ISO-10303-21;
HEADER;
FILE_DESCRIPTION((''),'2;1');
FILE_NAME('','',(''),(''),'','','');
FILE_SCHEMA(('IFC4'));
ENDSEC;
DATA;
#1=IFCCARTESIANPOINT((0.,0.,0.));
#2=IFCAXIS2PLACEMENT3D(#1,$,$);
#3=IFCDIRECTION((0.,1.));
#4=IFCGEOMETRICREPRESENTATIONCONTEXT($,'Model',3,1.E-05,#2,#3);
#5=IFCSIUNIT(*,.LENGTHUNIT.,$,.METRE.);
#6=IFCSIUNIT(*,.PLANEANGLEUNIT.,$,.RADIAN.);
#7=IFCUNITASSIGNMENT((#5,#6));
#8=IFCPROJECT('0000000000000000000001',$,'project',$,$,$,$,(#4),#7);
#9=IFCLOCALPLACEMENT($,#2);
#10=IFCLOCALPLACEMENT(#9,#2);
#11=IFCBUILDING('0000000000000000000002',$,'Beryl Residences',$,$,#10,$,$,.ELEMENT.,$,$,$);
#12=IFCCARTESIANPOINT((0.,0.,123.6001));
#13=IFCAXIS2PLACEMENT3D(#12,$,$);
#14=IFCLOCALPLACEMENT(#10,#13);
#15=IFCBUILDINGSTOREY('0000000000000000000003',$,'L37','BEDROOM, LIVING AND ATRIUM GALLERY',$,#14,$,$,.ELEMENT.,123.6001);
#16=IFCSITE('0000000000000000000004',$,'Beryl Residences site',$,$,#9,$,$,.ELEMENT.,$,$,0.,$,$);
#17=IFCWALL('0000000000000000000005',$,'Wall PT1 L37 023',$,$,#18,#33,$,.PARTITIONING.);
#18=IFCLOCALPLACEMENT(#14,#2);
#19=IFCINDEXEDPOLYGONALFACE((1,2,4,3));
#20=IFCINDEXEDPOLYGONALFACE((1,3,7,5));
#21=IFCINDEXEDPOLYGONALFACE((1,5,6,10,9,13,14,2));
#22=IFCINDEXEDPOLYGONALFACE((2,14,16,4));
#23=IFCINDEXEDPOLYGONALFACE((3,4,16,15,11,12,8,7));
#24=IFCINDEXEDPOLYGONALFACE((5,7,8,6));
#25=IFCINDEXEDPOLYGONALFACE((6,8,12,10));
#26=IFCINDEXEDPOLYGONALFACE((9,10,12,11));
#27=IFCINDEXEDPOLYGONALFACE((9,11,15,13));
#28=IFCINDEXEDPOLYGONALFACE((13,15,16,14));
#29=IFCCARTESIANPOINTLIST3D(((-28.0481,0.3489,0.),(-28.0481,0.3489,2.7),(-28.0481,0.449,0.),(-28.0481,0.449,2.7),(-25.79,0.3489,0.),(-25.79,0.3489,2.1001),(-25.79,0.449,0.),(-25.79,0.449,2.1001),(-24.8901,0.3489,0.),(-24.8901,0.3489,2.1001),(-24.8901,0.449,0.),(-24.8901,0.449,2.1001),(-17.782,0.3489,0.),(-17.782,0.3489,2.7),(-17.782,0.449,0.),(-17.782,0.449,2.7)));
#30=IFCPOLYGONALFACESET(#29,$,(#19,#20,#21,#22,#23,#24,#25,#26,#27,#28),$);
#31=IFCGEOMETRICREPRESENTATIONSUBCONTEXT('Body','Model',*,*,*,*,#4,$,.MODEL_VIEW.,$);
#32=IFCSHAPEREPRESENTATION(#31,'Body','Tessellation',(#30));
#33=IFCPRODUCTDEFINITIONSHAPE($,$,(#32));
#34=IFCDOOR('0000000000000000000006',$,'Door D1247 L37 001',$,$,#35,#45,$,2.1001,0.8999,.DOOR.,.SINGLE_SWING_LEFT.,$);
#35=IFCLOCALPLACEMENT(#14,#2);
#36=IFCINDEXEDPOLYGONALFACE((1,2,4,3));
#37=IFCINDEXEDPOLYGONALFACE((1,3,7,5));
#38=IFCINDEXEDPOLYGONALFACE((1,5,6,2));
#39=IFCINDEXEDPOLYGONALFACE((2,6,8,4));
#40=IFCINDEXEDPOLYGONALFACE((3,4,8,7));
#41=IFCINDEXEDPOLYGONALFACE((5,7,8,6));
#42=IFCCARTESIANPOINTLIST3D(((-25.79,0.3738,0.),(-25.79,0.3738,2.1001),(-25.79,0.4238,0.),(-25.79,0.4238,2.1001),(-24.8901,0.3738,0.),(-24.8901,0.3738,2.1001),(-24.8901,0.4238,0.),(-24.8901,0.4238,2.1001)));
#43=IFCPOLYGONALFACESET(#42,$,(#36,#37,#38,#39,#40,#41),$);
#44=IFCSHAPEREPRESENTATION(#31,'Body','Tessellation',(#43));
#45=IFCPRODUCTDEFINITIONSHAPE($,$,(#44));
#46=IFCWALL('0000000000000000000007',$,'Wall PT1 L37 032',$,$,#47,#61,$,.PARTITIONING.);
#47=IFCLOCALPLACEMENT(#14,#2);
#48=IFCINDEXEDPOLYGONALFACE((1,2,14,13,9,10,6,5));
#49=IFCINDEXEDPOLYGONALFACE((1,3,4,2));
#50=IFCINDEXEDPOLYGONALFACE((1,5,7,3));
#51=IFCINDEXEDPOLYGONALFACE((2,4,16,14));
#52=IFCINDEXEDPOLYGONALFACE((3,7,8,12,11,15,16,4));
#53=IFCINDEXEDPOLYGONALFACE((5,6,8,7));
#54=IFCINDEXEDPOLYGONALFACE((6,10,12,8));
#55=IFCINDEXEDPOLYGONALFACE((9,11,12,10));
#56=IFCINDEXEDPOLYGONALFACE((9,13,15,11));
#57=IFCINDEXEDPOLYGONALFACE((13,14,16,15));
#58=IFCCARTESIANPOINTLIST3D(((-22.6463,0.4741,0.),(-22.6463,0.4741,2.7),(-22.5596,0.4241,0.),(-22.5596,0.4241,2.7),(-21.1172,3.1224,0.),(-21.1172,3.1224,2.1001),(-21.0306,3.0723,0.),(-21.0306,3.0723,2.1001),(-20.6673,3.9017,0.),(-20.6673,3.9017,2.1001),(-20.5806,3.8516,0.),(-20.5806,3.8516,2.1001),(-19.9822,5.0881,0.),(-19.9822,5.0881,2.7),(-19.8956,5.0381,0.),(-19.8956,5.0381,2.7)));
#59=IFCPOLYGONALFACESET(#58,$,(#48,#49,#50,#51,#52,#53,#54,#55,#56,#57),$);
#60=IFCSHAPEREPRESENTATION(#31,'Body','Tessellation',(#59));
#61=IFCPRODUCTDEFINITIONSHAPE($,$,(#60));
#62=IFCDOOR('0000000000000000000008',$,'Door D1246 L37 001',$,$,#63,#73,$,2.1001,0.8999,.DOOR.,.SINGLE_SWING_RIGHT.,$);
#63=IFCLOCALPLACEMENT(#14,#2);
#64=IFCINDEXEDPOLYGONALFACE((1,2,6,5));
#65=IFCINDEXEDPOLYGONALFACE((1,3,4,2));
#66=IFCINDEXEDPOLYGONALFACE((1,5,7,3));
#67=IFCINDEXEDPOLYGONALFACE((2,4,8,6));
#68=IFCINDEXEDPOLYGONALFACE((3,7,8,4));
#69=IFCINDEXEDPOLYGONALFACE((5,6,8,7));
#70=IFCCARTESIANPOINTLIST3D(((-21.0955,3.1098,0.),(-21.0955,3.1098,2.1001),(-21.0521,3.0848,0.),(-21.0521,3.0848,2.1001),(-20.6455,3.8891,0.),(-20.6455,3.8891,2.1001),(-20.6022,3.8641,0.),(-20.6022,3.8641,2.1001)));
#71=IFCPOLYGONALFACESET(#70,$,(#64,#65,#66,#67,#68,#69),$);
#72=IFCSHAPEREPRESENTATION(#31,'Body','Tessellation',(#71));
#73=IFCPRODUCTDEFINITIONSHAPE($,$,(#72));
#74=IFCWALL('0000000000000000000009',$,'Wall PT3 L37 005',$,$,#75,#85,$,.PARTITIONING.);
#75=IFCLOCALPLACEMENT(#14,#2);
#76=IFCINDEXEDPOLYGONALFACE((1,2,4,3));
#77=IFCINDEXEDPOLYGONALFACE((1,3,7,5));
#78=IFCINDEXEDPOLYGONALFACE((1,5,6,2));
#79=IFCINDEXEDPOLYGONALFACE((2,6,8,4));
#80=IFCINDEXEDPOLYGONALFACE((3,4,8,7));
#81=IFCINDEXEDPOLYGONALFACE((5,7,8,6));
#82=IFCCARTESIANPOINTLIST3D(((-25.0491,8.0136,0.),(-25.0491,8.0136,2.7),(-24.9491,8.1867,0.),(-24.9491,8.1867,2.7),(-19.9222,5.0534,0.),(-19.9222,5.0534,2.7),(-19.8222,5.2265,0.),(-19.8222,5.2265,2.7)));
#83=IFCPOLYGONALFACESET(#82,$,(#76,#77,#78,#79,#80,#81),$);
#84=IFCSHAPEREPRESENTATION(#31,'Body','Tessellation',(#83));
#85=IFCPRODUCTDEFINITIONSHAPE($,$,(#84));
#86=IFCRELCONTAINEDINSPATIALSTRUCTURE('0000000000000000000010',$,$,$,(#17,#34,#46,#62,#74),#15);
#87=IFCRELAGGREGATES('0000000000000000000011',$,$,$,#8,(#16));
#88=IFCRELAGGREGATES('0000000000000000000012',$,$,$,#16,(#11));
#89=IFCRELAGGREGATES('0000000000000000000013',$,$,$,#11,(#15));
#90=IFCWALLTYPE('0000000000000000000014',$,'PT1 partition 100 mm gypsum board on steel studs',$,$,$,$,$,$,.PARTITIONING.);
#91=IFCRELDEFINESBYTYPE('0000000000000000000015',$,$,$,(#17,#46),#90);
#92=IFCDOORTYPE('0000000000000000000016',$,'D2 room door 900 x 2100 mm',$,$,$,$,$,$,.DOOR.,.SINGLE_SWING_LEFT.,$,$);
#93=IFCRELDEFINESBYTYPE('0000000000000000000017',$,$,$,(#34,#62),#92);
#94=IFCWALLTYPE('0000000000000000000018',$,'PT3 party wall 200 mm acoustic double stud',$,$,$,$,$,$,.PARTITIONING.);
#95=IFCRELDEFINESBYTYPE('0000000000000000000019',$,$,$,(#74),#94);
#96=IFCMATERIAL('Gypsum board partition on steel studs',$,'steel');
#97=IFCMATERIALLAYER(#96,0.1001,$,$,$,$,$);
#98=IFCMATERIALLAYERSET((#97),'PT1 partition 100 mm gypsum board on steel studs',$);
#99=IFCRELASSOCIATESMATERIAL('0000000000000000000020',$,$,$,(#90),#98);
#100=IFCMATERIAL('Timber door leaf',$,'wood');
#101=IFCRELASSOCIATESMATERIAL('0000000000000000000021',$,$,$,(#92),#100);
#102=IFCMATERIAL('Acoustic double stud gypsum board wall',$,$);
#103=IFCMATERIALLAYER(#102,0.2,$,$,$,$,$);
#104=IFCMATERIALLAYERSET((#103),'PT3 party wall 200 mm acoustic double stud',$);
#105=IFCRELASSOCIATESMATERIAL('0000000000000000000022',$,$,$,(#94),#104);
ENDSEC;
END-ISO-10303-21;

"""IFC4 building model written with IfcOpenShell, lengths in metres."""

from ifc_helpers import new_model, si_unit, direction, frame, frame_2d, origin, place, context, subcontext, project, spatial, rectangle, extrude, material, layer, layer_set, type_object, element, fill, save


model = new_model("IFC4")

# Units and contexts
model_context = context("Model", 3, precision=1e-05, world=origin(), true_north=direction((0.0, 1.0)))
body_context = subcontext(model_context, "Body", "Model", "MODEL_VIEW")
ifc_project = project(units=[si_unit("LENGTHUNIT", "METRE"), si_unit("PLANEANGLEUNIT", "RADIAN")], contexts=[model_context])

# Site, building, storey
site_placement = place(None, origin())
site = spatial("IfcSite", under=ifc_project, at=site_placement, Name="Beryl Residences site", CompositionType="ELEMENT", RefElevation=0.0)
building_placement = place(site_placement, origin())
building = spatial("IfcBuilding", under=site, at=building_placement, Name="Beryl Residences", CompositionType="ELEMENT")
storey_placement = place(building_placement, frame((0.0, 0.0, 123.6001)))
storey = spatial("IfcBuildingStorey", under=building, at=storey_placement, Name="L37", Description="BEDROOM, LIVING AND ATRIUM GALLERY", CompositionType="ELEMENT", Elevation=123.6001)

# Shared definitions
ifc_material_1 = material(Name="Gypsum board partition on steel studs", Category="steel")
ifc_layer_1 = layer(ifc_material_1, 0.1001)
ifc_layer_set_1 = layer_set([ifc_layer_1], Name="PT1 partition 100 mm gypsum board on steel studs")
wall_type_1 = type_object("IfcWallType", Name="PT1 partition 100 mm gypsum board on steel studs", PredefinedType="PARTITIONING", material=ifc_layer_set_1)

# Walls, openings, doors
wall_1_placement = place(storey_placement, frame((-28.0481, 0.3989, 0.0), z_axis=(0.0, 0.0, 1.0), x_axis=(1.0, 0.0, 0.0)))
wall_1 = element("IfcWall", 1, at=wall_1_placement, inside=storey, type_object=wall_type_1, Name="Wall PT1 L37 023", PredefinedType="PARTITIONING", context=body_context, shape_type="SweptSolid", body=[
    extrude(rectangle(XDim=10.2661, YDim=0.1001, at=frame_2d((5.1331, 0.0))), origin(), (0.0, 0.0, 1.0), 2.7),
])
opening_1_placement = place(wall_1_placement, frame((2.2581, 0.0, 0.0)))
opening_1 = element("IfcOpeningElement", 2, at=opening_1_placement, cuts=wall_1, PredefinedType="OPENING", context=body_context, shape_type="SweptSolid", body=[
    extrude(rectangle(XDim=0.8999, YDim=2.1001, at=frame_2d((0.45, 1.05))), frame((0.0, 0.0601, 0.0), z_axis=(0.0, -1.0, 0.0), x_axis=(1.0, 0.0, 0.0)), (0.0, 0.0, 1.0), 0.1201),
])
ifc_material_2 = material(Name="Timber door leaf", Category="wood")
door_type_1 = type_object("IfcDoorType", Name="D2 room door 900 x 2100 mm", OperationType="SINGLE_SWING_LEFT", PredefinedType="DOOR", material=ifc_material_2)
door_1_placement = place(opening_1_placement, origin())
door_1 = element("IfcDoor", 3, at=door_1_placement, inside=storey, type_object=door_type_1, Name="Door D1247 L37 001", OperationType="SINGLE_SWING_LEFT", OverallHeight=2.1001, OverallWidth=0.8999, PredefinedType="DOOR", context=body_context, shape_type="SweptSolid", body=[
    extrude(rectangle(XDim=0.8999, YDim=2.1001, at=frame_2d((0.45, 1.05))), frame((0.0, 0.0249, 0.0), z_axis=(0.0, -1.0, 0.0), x_axis=(1.0, 0.0, 0.0)), (0.0, 0.0, 1.0), 0.05),
])
fill(opening_1, door_1)
wall_2_placement = place(storey_placement, frame((-22.603, 0.449, 0.0), z_axis=(0.0, 0.0, 1.0), x_axis=(0.500023, 0.866012, 0.0)))
wall_2 = element("IfcWall", 4, at=wall_2_placement, inside=storey, type_object=wall_type_1, Name="Wall PT1 L37 032", PredefinedType="PARTITIONING", context=body_context, shape_type="SweptSolid", body=[
    extrude(rectangle(XDim=5.3279, YDim=0.1001, at=frame_2d((2.6641, 0.0))), origin(), (0.0, 0.0, 1.0), 2.7),
])
opening_2_placement = place(wall_2_placement, frame((3.0581, 0.0, 0.0)))
opening_2 = element("IfcOpeningElement", 5, at=opening_2_placement, cuts=wall_2, PredefinedType="OPENING", context=body_context, shape_type="SweptSolid", body=[
    extrude(rectangle(XDim=0.8999, YDim=2.1001, at=frame_2d((0.45, 1.05))), frame((0.0, 0.0601, 0.0), z_axis=(0.0, -1.0, 0.0), x_axis=(1.0, 0.0, 0.0)), (0.0, 0.0, 1.0), 0.1201),
])
door_2_placement = place(opening_2_placement, origin())
door_2 = element("IfcDoor", 6, at=door_2_placement, inside=storey, type_object=door_type_1, Name="Door D1246 L37 001", OperationType="SINGLE_SWING_RIGHT", OverallHeight=2.1001, OverallWidth=0.8999, PredefinedType="DOOR", context=body_context, shape_type="SweptSolid", body=[
    extrude(rectangle(XDim=0.8999, YDim=2.1001, at=frame_2d((0.45, 1.05))), frame((0.0, 0.0249, 0.0), z_axis=(0.0, -1.0, 0.0), x_axis=(1.0, 0.0, 0.0)), (0.0, 0.0, 1.0), 0.05),
])
fill(opening_2, door_2)

# Wall
ifc_material_3 = material(Name="Acoustic double stud gypsum board wall")
ifc_layer_2 = layer(ifc_material_3, 0.2)
ifc_layer_set_2 = layer_set([ifc_layer_2], Name="PT3 party wall 200 mm acoustic double stud")
wall_type_2 = type_object("IfcWallType", Name="PT3 party wall 200 mm acoustic double stud", PredefinedType="PARTITIONING", material=ifc_layer_set_2)
wall_3_placement = place(storey_placement, frame((-24.999, 8.1001, 0.0), z_axis=(0.0, 0.0, 1.0), x_axis=(0.866014, -0.50002, 0.0)))
element("IfcWall", 7, at=wall_3_placement, inside=storey, type_object=wall_type_2, Name="Wall PT3 L37 005", PredefinedType="PARTITIONING", context=body_context, shape_type="SweptSolid", body=[
    extrude(rectangle(XDim=5.9202, YDim=0.2, at=frame_2d((2.96, 0.0))), origin(), (0.0, 0.0, 1.0), 2.7),
])

save(model, "model.ifc")
